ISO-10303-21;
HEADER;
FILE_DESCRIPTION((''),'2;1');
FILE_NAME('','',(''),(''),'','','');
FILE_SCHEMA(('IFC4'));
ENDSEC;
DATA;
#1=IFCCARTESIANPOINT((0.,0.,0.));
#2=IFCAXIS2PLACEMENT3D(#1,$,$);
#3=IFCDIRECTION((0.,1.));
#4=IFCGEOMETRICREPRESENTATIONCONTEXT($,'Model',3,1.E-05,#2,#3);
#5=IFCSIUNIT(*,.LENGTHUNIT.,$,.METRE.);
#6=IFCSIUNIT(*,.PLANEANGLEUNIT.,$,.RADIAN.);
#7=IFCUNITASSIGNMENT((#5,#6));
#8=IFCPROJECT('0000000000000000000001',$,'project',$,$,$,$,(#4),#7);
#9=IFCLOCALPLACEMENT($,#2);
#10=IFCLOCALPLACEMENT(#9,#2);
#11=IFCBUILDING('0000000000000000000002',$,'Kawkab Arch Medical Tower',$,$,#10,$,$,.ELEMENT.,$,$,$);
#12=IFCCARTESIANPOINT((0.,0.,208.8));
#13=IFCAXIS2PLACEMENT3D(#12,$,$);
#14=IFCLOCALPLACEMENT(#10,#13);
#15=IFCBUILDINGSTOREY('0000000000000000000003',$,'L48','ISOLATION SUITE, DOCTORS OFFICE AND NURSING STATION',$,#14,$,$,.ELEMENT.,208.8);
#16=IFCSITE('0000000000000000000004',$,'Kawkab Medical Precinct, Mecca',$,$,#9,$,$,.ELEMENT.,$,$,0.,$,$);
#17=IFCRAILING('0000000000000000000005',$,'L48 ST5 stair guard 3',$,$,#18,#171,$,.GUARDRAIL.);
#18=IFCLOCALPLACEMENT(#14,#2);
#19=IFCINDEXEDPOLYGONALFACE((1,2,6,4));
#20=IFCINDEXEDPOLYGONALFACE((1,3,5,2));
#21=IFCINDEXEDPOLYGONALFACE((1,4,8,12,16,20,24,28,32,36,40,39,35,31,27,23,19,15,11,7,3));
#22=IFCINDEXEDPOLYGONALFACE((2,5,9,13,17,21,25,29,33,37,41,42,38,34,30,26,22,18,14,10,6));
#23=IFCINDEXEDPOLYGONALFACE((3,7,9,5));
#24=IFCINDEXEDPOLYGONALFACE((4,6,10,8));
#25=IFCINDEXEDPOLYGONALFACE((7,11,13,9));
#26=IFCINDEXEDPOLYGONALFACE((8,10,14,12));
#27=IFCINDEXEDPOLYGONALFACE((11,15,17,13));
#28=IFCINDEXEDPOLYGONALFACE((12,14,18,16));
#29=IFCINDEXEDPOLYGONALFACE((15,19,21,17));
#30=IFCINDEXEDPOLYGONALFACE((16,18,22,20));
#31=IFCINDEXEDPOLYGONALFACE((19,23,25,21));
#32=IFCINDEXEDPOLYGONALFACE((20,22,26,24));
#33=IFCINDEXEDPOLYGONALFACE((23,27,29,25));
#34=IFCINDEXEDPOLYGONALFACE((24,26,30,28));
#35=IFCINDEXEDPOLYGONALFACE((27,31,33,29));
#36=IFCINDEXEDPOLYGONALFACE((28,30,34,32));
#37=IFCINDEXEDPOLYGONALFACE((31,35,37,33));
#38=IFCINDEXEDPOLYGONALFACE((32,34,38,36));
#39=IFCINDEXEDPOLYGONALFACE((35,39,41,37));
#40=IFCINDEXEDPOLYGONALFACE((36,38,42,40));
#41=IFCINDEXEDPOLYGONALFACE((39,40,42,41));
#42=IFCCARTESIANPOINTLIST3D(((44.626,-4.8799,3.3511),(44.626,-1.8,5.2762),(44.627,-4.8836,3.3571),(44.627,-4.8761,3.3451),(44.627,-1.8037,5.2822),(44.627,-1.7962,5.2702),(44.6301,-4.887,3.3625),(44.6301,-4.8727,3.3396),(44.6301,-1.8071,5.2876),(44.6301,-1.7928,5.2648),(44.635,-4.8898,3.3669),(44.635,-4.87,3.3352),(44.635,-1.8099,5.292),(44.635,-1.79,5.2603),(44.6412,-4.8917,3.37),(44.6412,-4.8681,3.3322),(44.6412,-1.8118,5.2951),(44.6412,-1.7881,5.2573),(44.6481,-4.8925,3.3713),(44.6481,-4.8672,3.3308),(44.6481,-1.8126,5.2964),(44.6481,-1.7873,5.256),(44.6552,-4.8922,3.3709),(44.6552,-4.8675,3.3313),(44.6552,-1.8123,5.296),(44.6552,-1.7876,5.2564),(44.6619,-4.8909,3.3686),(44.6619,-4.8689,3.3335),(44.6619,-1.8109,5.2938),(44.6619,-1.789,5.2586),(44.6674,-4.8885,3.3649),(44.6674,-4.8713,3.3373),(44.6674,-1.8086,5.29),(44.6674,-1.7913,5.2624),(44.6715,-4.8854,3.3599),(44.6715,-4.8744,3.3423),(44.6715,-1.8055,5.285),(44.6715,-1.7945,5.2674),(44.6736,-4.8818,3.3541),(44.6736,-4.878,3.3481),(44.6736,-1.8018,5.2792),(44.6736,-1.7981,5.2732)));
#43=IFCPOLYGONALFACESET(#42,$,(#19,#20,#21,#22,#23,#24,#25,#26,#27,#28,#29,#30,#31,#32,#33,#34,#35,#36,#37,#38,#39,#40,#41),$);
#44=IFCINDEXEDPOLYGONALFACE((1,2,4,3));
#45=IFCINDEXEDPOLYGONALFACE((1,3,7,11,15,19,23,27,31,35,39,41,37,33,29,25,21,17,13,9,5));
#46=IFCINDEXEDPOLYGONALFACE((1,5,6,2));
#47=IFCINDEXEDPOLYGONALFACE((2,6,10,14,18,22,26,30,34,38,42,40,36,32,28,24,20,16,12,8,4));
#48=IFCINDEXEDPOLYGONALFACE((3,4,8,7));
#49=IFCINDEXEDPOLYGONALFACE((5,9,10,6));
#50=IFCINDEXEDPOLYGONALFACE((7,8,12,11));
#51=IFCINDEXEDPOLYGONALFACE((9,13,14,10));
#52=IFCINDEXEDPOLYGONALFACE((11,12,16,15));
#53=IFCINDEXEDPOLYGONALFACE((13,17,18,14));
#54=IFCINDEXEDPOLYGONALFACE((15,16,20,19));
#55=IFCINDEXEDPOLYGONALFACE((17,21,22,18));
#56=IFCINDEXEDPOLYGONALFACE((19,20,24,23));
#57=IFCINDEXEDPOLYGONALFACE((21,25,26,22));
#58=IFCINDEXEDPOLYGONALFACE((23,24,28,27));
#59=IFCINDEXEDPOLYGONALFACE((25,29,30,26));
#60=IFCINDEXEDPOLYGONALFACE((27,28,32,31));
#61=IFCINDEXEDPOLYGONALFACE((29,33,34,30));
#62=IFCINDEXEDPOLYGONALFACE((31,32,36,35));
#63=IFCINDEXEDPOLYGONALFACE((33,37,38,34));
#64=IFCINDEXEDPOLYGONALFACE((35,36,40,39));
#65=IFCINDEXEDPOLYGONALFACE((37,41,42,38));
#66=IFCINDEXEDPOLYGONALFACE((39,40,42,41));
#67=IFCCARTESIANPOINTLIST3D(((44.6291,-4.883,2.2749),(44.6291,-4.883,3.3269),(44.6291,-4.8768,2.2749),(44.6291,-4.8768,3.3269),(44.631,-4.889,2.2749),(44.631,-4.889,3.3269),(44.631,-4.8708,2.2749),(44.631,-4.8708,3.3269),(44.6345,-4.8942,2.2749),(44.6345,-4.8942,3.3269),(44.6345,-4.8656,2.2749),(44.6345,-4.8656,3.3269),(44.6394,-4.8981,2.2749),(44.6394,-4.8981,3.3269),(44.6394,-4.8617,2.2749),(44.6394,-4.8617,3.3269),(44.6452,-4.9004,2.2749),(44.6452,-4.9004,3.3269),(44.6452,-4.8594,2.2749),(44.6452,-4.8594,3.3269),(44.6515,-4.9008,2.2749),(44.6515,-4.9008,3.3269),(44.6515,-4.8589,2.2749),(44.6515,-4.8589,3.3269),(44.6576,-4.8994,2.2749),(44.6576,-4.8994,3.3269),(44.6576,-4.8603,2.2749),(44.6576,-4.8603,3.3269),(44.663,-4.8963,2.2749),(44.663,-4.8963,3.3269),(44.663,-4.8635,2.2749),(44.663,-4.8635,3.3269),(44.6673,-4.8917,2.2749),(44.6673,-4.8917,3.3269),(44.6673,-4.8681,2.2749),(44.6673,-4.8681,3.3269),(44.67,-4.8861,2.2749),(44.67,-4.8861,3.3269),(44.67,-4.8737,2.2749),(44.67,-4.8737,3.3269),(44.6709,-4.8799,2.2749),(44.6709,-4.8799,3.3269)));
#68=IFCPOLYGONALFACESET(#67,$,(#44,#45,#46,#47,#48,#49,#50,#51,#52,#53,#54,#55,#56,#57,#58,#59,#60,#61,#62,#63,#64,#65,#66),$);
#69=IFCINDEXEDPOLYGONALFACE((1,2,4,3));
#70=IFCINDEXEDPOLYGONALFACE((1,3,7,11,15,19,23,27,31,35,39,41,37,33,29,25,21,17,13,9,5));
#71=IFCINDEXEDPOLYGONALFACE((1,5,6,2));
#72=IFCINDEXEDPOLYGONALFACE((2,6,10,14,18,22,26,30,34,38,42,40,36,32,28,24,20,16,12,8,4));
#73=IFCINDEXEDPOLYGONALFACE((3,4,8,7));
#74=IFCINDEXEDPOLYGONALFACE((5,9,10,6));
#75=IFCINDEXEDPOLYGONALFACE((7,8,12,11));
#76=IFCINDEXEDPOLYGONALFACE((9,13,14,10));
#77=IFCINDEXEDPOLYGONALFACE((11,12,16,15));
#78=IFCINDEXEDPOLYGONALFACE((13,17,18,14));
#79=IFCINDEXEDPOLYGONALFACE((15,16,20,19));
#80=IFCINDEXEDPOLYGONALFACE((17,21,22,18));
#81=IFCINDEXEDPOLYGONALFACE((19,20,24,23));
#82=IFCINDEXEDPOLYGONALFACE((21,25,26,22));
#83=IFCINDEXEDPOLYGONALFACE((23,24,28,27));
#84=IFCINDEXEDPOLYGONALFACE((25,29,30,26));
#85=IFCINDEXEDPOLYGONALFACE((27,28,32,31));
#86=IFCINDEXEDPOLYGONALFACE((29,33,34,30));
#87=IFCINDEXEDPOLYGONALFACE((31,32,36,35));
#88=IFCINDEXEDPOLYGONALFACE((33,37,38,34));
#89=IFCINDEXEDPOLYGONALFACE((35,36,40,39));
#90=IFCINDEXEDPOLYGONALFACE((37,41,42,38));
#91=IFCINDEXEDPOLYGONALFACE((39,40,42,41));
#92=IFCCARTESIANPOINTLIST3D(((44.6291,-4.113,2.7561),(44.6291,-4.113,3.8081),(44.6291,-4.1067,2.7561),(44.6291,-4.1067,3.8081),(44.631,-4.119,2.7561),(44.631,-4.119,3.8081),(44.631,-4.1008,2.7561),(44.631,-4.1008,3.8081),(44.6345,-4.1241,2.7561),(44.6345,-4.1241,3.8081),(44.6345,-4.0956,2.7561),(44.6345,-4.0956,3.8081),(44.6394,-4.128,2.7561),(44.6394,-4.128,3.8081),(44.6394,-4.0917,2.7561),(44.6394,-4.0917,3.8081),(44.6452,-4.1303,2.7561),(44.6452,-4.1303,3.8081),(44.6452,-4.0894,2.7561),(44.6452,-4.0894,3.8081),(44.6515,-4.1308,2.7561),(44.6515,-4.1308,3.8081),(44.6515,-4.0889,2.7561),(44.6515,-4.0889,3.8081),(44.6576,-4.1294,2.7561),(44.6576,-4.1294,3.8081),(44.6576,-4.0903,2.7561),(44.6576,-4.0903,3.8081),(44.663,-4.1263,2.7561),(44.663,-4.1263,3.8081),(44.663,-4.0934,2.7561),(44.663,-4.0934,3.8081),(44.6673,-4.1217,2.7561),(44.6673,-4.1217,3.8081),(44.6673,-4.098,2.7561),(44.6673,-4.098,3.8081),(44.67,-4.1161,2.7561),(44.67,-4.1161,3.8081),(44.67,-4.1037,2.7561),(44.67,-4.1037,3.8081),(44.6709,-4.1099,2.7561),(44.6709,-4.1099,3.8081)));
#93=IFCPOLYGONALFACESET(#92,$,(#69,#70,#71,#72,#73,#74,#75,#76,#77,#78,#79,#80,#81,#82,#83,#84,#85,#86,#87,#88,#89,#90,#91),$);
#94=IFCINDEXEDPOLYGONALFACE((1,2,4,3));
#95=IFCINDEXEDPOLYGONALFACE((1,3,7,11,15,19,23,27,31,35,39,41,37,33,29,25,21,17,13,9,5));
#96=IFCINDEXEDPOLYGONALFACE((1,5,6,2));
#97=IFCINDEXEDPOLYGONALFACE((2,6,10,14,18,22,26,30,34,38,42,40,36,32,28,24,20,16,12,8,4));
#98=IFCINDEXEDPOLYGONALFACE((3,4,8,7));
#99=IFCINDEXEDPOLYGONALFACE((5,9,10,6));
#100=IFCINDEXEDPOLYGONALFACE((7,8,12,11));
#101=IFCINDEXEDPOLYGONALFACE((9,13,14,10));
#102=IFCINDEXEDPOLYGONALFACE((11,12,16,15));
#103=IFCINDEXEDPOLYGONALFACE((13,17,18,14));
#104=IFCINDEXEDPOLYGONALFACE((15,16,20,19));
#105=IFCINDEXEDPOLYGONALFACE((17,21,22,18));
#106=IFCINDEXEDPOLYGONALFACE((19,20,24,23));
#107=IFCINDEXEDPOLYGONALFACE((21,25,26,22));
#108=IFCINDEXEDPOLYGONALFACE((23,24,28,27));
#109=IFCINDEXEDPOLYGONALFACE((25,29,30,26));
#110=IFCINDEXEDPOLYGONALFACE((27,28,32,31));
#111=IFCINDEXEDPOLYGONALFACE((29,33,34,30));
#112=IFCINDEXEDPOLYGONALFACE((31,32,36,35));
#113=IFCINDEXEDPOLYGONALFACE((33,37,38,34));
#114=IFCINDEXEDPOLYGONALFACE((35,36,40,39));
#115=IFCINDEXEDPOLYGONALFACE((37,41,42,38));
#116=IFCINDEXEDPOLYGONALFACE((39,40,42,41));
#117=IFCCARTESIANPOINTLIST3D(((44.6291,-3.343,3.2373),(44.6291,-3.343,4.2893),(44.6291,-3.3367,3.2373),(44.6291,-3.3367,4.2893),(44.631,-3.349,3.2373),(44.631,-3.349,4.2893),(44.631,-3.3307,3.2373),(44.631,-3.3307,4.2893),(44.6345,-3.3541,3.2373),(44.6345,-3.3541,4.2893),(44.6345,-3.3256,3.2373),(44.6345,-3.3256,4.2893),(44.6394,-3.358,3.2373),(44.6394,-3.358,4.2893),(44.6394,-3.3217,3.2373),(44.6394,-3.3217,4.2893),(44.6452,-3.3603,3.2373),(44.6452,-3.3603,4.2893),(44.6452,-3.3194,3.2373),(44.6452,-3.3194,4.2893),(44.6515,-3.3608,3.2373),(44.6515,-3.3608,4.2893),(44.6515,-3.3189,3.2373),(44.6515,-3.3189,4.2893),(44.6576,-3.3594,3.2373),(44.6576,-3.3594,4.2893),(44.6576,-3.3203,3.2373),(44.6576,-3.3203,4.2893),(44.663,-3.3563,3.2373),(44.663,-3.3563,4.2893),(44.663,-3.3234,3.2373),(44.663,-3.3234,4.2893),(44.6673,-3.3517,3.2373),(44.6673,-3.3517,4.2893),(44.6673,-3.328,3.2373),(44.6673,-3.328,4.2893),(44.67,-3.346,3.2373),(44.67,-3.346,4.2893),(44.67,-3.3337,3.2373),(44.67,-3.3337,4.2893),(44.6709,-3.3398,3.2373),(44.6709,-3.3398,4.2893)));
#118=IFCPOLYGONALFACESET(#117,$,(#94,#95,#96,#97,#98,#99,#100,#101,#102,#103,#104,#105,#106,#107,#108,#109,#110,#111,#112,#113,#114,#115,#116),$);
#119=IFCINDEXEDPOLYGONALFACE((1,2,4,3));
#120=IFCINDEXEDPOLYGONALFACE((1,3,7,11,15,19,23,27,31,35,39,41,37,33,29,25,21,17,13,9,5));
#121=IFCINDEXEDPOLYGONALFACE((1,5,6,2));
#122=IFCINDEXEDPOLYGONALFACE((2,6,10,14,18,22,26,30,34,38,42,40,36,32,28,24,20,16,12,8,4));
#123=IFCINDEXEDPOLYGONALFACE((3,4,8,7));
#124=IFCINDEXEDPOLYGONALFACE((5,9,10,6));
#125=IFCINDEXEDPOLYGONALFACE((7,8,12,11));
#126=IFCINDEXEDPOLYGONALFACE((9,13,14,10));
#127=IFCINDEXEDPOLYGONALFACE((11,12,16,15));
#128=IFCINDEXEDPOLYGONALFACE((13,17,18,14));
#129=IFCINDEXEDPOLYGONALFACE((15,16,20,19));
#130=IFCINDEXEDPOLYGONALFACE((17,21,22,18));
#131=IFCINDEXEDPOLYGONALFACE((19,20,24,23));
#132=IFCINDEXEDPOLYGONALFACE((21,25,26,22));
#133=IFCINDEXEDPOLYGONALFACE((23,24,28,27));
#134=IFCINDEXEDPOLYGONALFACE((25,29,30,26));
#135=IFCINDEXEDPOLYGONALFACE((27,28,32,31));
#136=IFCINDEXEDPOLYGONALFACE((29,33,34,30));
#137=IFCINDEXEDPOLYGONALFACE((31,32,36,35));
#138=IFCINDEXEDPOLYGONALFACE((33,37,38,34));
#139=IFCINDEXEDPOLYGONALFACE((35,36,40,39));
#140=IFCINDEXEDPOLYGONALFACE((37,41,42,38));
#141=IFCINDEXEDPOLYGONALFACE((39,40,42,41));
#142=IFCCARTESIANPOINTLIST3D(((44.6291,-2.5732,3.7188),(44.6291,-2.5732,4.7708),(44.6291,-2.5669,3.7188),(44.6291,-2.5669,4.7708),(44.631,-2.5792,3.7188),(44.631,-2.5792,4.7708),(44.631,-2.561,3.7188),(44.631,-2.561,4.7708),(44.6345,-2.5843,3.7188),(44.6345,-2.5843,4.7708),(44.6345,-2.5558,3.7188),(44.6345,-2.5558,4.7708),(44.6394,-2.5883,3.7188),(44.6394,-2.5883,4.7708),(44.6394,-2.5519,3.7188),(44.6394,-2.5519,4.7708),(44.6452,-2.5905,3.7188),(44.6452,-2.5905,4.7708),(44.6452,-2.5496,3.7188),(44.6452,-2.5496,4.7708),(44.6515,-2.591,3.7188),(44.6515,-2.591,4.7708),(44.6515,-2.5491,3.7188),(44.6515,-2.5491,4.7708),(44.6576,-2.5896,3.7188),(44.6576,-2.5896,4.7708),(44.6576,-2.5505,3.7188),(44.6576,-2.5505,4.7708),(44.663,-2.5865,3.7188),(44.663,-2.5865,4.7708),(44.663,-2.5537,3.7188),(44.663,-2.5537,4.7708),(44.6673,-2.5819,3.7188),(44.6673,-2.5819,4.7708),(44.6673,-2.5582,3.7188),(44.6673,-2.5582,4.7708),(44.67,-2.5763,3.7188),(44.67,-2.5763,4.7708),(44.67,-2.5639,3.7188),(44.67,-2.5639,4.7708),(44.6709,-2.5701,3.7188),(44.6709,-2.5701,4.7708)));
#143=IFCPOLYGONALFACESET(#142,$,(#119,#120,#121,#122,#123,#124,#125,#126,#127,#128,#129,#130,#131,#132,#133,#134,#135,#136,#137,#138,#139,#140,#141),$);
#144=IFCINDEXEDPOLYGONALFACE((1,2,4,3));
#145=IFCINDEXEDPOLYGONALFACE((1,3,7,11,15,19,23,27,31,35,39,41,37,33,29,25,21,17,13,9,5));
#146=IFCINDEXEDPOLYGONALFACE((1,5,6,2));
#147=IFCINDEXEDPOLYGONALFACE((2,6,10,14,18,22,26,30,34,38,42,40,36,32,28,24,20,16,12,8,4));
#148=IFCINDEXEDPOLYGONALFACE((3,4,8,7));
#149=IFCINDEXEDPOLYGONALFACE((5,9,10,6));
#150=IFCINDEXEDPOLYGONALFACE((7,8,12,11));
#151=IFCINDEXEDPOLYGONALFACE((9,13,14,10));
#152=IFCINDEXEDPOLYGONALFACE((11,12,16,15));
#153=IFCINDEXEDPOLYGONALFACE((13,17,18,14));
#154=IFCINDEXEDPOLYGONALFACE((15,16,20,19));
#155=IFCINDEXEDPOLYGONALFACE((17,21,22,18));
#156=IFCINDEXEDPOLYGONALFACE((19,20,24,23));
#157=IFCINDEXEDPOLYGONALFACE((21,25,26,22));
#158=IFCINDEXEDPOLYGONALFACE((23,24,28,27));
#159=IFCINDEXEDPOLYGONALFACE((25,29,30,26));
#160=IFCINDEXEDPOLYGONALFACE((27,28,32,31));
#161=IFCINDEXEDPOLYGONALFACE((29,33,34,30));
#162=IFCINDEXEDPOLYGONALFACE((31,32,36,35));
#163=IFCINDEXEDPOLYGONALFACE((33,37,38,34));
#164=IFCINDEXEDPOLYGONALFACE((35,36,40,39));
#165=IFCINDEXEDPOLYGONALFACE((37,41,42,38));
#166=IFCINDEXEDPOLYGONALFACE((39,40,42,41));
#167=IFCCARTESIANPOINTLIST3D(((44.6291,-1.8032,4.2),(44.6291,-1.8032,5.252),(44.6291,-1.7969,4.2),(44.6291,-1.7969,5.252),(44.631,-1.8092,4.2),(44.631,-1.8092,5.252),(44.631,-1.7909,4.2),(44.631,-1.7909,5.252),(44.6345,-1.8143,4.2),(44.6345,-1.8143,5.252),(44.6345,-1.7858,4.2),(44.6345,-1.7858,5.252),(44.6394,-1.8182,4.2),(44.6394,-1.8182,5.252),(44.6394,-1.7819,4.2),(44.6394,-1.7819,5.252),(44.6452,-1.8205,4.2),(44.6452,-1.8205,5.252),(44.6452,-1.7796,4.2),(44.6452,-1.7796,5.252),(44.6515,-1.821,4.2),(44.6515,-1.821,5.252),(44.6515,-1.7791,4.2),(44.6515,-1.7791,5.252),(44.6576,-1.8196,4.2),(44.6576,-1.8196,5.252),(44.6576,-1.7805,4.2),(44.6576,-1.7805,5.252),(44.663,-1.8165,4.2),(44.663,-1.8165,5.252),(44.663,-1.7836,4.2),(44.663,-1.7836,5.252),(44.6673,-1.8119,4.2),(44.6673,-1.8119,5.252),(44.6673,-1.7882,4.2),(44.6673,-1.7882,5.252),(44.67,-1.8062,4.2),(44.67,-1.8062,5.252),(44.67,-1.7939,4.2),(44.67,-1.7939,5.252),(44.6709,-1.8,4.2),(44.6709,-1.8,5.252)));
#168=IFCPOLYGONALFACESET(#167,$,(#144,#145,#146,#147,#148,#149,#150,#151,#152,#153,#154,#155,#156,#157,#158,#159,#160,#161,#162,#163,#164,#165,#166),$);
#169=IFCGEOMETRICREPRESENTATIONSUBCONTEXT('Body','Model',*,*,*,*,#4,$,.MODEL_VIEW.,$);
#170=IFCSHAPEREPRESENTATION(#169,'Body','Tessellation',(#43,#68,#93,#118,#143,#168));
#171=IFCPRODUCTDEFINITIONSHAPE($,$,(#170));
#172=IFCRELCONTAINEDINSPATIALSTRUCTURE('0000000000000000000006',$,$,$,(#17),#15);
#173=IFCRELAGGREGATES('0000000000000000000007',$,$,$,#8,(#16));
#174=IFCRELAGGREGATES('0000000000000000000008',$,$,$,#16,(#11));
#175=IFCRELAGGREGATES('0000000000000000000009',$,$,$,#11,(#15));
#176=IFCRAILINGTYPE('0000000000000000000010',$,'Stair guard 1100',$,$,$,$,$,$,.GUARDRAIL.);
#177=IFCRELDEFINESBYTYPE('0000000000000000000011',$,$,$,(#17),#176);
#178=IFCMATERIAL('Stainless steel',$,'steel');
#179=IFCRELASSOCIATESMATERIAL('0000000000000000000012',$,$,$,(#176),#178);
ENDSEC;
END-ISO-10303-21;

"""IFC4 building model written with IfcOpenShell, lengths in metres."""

from ifc_helpers import new_model, si_unit, direction, frame, origin, origin_2d, place, context, subcontext, project, spatial, circle, extrude, material, type_object, element, save


model = new_model("IFC4")

# Units and contexts
model_context = context("Model", 3, precision=1e-05, world=origin(), true_north=direction((0.0, 1.0)))
body_context = subcontext(model_context, "Body", "Model", "MODEL_VIEW")
ifc_project = project(units=[si_unit("LENGTHUNIT", "METRE"), si_unit("PLANEANGLEUNIT", "RADIAN")], contexts=[model_context])

# Site, building, storey
site_placement = place(None, origin())
site = spatial("IfcSite", under=ifc_project, at=site_placement, Name="Kawkab Medical Precinct, Mecca", CompositionType="ELEMENT", RefElevation=0.0)
building_placement = place(site_placement, origin())
building = spatial("IfcBuilding", under=site, at=building_placement, Name="Kawkab Arch Medical Tower", CompositionType="ELEMENT")
storey_placement = place(building_placement, frame((0.0, 0.0, 208.8)))
storey = spatial("IfcBuildingStorey", under=building, at=storey_placement, Name="L48", Description="ISOLATION SUITE, DOCTORS OFFICE AND NURSING STATION", CompositionType="ELEMENT", Elevation=208.8)

# Railing
ifc_material_1 = material(Name="Stainless steel", Category="steel")
railing_type = type_object("IfcRailingType", Name="Stair guard 1100", PredefinedType="GUARDRAIL", material=ifc_material_1)
railing_placement = place(storey_placement, frame((44.6499, -4.8799, 2.2749)))
element("IfcRailing", 1, at=railing_placement, inside=storey, type_object=railing_type, Name="L48 ST5 stair guard 3", PredefinedType="GUARDRAIL", context=body_context, shape_type="SweptSolid", body=[
    extrude(circle(Radius=0.0239, at=origin_2d()), frame((0.0, 0.0, 1.0762), z_axis=(0.0, 0.847979, 0.530029), x_axis=(-1.0, 0.0, 0.0)), (0.0, 0.0, 1.0), 3.6321),
    extrude(circle(Radius=0.021, at=origin_2d()), origin(), (0.0, 0.0, 1.0), 1.052),
    extrude(circle(Radius=0.021, at=origin_2d()), frame((0.0, 0.77, 0.4812)), (0.0, 0.0, 1.0), 1.052),
    extrude(circle(Radius=0.021, at=origin_2d()), frame((0.0, 1.54, 0.9624)), (0.0, 0.0, 1.0), 1.052),
    extrude(circle(Radius=0.021, at=origin_2d()), frame((0.0, 2.3098, 1.4438)), (0.0, 0.0, 1.0), 1.052),
    extrude(circle(Radius=0.021, at=origin_2d()), frame((0.0, 3.0798, 1.925)), (0.0, 0.0, 1.0), 1.052),
])

save(model, "model.ifc")
